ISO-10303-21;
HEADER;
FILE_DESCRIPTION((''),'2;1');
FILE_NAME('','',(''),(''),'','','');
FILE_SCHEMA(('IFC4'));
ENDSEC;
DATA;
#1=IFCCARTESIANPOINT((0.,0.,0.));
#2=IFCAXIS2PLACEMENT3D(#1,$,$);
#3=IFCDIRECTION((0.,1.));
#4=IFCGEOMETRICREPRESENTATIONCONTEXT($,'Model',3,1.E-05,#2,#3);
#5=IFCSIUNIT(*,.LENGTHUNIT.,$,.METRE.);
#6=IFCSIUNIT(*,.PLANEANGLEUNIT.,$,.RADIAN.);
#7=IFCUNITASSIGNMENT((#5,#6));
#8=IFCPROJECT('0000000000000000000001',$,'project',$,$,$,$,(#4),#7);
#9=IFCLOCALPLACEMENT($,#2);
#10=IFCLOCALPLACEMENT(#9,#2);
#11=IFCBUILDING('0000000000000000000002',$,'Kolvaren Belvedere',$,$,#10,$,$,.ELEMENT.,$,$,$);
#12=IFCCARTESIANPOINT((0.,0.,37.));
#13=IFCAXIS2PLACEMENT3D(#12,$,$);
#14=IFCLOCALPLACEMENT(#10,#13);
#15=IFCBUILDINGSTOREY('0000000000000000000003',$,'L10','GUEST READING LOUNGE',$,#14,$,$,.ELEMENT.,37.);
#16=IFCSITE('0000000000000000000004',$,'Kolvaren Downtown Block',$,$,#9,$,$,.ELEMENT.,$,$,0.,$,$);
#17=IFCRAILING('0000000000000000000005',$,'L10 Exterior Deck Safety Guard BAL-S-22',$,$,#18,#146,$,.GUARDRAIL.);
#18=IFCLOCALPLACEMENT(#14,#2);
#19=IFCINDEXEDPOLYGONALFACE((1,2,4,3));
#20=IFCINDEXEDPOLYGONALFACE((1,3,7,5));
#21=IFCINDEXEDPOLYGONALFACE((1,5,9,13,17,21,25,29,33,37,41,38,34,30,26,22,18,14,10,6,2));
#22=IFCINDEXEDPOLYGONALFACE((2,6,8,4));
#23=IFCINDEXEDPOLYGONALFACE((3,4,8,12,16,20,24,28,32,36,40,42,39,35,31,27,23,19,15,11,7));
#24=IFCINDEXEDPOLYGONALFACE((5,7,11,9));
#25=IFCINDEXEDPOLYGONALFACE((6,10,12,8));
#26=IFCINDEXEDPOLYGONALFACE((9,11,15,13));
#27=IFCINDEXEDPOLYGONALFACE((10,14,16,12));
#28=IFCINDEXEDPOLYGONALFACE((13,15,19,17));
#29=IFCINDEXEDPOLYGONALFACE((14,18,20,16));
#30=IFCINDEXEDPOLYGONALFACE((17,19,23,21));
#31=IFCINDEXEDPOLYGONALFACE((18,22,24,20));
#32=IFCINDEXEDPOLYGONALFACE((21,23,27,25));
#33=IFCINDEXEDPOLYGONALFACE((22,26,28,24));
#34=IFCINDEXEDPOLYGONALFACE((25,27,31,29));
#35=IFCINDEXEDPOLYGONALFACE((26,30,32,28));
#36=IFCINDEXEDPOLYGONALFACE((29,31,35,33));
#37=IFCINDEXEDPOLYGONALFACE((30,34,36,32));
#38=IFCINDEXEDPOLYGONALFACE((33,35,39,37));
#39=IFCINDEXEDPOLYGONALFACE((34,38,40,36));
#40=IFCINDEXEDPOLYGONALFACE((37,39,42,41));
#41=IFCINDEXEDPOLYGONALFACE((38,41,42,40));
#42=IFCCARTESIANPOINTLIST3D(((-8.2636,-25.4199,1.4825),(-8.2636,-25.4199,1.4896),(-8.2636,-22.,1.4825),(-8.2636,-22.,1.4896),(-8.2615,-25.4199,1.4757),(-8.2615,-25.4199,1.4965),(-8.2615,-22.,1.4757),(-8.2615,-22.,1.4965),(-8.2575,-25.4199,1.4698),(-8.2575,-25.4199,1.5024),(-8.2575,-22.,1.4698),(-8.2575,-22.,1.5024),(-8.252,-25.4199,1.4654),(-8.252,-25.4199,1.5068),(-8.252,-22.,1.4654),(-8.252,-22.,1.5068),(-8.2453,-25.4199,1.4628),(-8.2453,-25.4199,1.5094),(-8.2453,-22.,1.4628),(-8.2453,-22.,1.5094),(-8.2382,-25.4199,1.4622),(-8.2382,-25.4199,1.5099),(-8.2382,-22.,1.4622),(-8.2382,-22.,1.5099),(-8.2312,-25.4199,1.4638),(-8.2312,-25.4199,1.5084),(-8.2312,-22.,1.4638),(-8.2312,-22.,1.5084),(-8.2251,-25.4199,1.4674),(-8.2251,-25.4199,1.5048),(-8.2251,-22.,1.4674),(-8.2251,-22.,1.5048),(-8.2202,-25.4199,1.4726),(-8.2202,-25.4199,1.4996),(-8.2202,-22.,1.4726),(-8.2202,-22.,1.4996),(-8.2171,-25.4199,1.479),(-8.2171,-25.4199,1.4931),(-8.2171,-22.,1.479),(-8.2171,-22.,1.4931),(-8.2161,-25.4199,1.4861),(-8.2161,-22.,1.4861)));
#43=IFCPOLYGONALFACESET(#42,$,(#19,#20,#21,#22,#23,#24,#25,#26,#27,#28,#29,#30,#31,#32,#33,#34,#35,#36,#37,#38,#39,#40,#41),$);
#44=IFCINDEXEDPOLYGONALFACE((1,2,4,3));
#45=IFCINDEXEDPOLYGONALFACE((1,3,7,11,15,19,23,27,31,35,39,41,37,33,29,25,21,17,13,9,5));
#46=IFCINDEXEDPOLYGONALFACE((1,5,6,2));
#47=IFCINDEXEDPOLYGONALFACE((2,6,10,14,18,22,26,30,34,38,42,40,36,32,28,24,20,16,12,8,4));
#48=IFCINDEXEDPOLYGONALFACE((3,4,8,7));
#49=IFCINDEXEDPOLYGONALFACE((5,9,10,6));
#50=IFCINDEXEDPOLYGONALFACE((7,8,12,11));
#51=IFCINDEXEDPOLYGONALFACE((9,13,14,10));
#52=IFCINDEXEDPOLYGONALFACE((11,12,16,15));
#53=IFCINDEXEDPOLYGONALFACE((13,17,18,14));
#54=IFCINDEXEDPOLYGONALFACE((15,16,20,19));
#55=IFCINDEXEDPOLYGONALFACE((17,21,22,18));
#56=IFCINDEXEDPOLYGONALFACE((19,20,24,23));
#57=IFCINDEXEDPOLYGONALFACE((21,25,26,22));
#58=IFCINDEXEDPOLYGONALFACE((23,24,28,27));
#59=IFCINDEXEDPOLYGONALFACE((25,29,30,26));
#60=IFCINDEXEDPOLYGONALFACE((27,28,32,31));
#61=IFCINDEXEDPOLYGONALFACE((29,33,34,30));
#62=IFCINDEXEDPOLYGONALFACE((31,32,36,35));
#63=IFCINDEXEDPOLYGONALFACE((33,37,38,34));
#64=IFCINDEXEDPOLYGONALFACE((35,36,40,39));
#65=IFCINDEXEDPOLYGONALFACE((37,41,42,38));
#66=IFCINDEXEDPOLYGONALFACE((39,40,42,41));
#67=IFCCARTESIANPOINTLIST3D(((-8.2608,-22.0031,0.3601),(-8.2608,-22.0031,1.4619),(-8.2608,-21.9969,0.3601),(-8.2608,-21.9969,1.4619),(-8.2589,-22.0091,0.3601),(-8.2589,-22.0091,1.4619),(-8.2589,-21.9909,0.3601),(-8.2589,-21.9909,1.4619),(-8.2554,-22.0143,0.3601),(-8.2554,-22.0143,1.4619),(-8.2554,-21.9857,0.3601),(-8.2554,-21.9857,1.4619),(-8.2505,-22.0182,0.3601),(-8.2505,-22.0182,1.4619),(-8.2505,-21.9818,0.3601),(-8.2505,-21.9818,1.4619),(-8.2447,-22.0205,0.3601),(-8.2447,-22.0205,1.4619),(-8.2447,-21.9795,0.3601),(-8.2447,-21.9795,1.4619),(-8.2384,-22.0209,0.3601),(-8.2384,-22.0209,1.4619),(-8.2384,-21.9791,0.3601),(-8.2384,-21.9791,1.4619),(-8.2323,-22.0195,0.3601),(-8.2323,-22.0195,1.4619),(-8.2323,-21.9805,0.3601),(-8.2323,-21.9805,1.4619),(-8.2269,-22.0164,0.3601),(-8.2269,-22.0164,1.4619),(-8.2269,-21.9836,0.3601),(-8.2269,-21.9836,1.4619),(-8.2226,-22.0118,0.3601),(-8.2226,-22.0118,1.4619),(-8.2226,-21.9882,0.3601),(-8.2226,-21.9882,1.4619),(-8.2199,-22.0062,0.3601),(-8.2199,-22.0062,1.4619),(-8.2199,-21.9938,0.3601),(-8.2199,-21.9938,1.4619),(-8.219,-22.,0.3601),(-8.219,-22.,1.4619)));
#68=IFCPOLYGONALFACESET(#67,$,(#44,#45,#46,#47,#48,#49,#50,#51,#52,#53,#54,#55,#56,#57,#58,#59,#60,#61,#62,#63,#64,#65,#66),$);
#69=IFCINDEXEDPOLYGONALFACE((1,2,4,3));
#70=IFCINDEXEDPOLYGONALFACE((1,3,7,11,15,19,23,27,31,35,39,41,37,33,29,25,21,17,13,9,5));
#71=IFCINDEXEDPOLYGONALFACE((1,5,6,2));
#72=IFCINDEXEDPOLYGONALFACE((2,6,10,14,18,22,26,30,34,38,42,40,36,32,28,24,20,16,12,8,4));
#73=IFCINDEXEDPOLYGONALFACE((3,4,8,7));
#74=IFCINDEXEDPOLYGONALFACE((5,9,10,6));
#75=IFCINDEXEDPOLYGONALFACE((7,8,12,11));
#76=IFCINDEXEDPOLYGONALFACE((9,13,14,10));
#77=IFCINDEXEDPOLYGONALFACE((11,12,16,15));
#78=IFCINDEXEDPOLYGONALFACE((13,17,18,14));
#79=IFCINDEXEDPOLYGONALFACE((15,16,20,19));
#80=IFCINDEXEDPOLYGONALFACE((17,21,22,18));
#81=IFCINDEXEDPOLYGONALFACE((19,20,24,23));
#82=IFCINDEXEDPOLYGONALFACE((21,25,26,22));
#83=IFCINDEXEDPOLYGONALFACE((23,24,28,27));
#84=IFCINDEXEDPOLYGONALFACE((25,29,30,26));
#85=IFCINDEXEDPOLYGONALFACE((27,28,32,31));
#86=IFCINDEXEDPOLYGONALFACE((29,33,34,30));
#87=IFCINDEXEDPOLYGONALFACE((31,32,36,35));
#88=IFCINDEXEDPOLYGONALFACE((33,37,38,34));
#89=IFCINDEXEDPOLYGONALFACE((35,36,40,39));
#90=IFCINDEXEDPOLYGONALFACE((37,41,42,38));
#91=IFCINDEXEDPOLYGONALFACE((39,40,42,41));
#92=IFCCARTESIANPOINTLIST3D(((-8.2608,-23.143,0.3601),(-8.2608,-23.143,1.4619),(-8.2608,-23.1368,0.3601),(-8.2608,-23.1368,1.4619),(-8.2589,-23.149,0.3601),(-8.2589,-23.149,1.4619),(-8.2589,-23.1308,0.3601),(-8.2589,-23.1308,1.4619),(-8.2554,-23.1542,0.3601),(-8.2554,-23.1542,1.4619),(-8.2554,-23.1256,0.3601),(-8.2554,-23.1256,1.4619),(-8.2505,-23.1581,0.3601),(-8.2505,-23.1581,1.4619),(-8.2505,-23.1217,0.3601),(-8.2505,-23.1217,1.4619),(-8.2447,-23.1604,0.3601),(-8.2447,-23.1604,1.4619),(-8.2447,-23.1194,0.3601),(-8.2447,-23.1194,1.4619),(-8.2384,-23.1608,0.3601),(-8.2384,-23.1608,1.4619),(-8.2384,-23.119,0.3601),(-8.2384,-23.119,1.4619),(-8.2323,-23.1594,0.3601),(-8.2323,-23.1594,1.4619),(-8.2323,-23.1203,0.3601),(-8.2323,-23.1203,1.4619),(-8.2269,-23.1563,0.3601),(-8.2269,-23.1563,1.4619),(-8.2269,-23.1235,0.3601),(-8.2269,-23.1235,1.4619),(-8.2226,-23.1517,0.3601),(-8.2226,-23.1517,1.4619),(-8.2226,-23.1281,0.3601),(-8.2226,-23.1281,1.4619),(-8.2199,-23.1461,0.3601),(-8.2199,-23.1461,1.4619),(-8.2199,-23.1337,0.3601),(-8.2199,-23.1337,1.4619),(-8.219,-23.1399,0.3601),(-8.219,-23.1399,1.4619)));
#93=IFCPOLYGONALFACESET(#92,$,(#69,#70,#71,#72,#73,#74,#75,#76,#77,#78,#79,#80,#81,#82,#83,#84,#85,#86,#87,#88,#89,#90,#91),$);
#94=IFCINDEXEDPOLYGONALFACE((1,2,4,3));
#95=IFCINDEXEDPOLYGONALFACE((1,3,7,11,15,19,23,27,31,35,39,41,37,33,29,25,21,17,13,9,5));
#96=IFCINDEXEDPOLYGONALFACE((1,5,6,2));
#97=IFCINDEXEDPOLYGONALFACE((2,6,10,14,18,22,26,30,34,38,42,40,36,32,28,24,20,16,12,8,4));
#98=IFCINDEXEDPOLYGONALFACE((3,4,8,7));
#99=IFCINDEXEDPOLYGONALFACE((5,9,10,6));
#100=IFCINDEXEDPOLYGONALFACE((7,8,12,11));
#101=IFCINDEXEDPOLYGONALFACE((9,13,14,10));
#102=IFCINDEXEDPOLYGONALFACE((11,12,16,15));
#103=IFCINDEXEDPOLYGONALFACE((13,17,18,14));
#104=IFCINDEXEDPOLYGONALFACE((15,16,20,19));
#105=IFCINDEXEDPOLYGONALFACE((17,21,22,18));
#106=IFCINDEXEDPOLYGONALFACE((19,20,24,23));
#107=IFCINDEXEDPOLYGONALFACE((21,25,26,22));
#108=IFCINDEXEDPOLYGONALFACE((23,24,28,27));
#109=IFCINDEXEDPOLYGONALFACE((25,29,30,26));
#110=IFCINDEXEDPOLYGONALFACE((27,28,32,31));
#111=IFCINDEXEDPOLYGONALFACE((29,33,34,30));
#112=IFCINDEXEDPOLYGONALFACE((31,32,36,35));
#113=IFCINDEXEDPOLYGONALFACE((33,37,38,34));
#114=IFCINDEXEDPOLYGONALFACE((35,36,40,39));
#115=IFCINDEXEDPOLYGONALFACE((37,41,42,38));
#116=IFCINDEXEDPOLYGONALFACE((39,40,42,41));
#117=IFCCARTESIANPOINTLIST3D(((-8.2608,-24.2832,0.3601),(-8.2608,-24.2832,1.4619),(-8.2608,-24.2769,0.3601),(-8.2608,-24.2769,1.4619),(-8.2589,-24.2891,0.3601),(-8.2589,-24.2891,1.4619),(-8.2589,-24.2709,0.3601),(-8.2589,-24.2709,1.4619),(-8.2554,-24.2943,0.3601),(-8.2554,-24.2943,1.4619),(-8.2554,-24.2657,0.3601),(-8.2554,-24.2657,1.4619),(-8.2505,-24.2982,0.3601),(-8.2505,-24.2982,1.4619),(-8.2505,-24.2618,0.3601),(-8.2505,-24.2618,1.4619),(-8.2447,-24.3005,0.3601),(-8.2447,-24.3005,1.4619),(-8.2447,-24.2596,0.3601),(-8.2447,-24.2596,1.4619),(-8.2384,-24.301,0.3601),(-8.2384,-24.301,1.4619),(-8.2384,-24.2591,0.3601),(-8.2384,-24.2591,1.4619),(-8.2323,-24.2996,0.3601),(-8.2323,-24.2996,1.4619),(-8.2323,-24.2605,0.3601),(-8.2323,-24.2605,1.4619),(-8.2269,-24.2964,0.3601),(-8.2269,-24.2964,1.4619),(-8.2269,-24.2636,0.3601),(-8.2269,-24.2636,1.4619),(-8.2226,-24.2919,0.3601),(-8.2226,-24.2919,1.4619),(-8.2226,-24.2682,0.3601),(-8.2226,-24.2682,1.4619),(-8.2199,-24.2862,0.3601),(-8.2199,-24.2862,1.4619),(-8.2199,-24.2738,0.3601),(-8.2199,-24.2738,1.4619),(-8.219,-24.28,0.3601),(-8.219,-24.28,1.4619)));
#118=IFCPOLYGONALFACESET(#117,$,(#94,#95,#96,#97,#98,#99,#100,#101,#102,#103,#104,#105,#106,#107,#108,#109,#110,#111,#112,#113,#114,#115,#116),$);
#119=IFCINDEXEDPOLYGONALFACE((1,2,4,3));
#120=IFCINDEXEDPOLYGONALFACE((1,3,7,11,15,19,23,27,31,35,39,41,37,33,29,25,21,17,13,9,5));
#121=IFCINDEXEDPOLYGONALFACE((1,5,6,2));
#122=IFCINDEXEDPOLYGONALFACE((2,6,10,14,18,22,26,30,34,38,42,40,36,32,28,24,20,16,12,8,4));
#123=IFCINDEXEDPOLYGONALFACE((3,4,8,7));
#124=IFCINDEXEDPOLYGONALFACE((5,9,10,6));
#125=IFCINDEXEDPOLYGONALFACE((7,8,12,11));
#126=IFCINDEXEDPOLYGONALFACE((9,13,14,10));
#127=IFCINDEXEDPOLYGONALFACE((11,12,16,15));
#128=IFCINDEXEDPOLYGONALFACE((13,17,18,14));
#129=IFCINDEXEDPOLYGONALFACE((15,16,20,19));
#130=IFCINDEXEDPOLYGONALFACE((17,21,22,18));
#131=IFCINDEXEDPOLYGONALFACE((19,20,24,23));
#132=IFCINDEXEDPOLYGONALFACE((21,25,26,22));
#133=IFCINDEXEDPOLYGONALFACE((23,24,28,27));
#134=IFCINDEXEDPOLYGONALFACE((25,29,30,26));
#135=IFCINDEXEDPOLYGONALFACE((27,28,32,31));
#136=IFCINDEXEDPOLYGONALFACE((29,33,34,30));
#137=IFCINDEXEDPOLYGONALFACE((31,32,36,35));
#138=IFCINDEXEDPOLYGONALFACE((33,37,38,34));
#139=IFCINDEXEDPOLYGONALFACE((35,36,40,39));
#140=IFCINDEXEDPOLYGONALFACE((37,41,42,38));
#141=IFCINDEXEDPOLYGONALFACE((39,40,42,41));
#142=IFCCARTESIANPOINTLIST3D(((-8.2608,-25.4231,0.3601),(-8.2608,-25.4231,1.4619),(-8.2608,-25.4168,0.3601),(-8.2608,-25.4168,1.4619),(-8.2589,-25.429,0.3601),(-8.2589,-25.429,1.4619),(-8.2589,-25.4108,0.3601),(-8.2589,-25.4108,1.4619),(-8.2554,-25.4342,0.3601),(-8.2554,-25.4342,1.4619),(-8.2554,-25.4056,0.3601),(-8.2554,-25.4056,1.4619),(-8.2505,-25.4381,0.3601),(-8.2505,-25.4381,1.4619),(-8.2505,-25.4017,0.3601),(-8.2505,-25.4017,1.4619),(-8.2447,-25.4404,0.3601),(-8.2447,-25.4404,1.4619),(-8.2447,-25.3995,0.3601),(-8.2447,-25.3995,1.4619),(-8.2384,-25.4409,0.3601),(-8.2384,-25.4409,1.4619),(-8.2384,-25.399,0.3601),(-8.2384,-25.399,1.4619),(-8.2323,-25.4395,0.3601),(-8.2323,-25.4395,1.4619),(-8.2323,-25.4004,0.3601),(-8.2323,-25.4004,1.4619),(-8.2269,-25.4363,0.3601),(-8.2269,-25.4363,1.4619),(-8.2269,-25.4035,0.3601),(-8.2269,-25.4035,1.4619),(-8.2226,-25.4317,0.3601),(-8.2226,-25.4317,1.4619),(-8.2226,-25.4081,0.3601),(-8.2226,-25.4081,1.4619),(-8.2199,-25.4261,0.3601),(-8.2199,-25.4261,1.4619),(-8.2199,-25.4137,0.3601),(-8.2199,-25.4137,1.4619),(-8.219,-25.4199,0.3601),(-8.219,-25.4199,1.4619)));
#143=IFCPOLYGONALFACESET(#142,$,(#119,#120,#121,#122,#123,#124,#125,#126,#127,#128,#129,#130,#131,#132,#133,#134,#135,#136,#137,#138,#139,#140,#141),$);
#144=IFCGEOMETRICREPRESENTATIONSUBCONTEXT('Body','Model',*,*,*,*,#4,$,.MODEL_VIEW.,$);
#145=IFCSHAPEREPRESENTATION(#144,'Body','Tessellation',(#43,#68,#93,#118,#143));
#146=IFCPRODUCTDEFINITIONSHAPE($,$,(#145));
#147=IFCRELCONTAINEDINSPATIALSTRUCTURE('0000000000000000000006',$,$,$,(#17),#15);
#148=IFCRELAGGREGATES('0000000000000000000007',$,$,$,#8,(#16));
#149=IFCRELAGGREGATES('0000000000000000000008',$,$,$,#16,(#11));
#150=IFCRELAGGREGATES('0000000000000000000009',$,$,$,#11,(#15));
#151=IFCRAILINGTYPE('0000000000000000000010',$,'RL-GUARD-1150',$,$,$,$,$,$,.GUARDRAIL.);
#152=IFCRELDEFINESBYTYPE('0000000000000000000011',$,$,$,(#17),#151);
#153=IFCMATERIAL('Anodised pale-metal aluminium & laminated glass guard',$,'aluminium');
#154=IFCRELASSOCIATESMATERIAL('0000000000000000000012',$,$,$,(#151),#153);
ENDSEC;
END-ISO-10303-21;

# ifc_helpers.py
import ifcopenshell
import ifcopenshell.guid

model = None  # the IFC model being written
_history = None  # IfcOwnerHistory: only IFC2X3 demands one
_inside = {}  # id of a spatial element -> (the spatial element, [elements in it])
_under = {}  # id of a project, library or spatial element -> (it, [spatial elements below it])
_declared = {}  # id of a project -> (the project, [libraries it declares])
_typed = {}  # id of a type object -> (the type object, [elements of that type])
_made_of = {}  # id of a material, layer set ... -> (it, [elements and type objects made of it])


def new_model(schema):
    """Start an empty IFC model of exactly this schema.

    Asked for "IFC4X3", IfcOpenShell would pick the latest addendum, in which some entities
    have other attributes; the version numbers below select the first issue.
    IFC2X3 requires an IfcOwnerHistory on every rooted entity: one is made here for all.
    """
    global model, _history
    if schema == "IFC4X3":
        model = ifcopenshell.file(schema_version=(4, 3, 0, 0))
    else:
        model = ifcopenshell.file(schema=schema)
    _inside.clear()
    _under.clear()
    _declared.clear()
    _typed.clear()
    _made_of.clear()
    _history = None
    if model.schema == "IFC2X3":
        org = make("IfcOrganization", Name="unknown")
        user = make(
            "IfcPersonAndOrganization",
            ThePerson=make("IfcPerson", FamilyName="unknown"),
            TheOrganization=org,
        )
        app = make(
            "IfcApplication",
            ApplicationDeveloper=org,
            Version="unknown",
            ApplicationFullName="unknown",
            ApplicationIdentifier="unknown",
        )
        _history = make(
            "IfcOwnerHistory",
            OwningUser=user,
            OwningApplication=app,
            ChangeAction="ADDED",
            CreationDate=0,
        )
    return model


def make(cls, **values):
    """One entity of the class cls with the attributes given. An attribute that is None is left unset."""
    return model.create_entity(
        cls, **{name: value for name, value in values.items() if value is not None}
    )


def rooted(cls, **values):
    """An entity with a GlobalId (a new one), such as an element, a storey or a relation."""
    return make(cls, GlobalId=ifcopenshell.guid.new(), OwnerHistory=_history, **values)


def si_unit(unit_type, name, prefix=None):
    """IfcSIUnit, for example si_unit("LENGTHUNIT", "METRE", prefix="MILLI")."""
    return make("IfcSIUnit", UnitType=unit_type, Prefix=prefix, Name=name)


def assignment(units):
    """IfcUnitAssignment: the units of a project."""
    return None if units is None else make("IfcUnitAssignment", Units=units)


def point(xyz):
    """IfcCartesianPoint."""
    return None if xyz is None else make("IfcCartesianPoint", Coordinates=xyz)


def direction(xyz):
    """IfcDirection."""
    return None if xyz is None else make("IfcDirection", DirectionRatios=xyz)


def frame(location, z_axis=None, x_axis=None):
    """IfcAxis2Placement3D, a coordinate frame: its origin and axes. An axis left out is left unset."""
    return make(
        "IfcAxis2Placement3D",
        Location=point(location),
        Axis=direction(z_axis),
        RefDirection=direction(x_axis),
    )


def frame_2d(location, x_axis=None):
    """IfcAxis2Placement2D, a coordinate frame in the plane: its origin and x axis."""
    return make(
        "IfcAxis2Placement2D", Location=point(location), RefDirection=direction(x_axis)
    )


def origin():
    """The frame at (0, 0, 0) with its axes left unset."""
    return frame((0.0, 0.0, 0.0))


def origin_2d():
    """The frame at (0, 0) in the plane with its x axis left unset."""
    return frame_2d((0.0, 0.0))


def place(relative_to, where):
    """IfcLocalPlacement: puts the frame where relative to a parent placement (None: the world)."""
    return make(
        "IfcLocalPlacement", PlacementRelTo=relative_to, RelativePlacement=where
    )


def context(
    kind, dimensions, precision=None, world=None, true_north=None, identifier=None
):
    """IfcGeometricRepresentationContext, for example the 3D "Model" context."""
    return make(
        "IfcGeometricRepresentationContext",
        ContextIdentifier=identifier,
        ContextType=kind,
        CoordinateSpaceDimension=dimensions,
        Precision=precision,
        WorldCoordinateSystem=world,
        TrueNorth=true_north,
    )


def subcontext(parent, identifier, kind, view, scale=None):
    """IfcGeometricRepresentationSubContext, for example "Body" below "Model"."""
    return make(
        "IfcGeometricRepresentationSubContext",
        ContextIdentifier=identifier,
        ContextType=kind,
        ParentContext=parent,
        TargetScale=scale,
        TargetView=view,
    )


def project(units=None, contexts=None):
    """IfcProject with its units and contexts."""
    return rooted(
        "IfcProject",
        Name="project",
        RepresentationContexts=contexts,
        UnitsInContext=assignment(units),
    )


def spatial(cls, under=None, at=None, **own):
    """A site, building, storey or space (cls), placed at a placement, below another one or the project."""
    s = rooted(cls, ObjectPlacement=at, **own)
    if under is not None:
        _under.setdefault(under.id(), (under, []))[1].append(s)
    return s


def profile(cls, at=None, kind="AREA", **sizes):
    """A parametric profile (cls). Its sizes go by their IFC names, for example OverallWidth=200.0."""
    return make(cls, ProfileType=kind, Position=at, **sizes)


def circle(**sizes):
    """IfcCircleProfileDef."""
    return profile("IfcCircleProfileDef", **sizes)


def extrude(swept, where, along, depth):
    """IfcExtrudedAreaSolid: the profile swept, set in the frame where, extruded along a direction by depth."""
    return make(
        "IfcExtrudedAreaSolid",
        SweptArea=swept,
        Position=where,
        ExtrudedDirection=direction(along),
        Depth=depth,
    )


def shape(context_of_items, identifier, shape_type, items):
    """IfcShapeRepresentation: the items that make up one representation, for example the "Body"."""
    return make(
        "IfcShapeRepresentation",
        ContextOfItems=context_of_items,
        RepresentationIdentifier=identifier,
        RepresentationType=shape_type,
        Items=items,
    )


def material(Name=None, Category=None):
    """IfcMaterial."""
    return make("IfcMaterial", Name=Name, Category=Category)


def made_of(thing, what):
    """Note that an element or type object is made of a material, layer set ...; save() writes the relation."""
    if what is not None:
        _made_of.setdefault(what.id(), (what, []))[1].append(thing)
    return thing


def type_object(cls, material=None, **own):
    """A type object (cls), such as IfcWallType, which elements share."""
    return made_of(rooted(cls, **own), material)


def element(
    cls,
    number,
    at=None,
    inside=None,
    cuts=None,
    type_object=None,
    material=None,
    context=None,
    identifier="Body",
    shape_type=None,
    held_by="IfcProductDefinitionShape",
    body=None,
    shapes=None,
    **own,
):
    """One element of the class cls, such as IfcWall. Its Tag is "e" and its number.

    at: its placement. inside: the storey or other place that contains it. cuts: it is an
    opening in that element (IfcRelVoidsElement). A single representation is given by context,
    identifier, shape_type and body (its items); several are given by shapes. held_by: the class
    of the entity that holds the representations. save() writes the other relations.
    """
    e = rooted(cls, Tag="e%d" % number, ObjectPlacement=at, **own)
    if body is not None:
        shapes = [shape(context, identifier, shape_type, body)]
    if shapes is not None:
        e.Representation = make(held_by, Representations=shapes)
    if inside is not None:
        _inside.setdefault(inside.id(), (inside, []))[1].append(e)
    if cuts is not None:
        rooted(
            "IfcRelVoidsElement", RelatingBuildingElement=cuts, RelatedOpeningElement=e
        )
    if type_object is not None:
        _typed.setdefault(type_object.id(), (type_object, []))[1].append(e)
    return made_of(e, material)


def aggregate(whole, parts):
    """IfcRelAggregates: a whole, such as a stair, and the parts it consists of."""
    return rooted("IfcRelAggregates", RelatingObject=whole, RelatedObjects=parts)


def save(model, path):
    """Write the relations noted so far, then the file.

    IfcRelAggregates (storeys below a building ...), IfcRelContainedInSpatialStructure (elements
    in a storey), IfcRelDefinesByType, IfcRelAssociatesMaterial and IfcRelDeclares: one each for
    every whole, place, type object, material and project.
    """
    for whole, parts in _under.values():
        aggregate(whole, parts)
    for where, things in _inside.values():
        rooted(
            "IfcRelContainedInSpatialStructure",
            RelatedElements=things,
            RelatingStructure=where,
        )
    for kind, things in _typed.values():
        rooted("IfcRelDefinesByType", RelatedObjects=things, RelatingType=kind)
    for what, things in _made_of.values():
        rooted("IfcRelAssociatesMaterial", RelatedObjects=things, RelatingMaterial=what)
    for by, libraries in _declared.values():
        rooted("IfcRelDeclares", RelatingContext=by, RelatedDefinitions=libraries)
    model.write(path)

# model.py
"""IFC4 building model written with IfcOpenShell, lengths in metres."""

from ifc_helpers import new_model, si_unit, direction, frame, origin, origin_2d, place, context, subcontext, project, spatial, circle, extrude, material, type_object, element, save


model = new_model("IFC4")

# Units and contexts
model_context = context("Model", 3, precision=1e-05, world=origin(), true_north=direction((0.0, 1.0)))
body_context = subcontext(model_context, "Body", "Model", "MODEL_VIEW")
ifc_project = project(units=[si_unit("LENGTHUNIT", "METRE"), si_unit("PLANEANGLEUNIT", "RADIAN")], contexts=[model_context])

# Site, building, storey
site_placement = place(None, origin())
site = spatial("IfcSite", under=ifc_project, at=site_placement, Name="Kolvaren Downtown Block", CompositionType="ELEMENT", RefElevation=0.0)
building_placement = place(site_placement, origin())
building = spatial("IfcBuilding", under=site, at=building_placement, Name="Kolvaren Belvedere", CompositionType="ELEMENT")
storey_placement = place(building_placement, frame((0.0, 0.0, 37.0)))
storey = spatial("IfcBuildingStorey", under=building, at=storey_placement, Name="L10", Description="GUEST READING LOUNGE", CompositionType="ELEMENT", Elevation=37.0)

# Railing
ifc_material_1 = material(Name="Anodised pale-metal aluminium & laminated glass guard", Category="aluminium")
railing_type = type_object("IfcRailingType", Name="RL-GUARD-1150", PredefinedType="GUARDRAIL", material=ifc_material_1)
railing_1_placement = place(storey_placement, frame((-8.24, -22.0, 0.3601)))
element("IfcRailing", 1, at=railing_1_placement, inside=storey, type_object=railing_type, Name="L10 Exterior Deck Safety Guard BAL-S-22", PredefinedType="GUARDRAIL", context=body_context, shape_type="SweptSolid", body=[
    extrude(circle(Radius=0.0239, at=origin_2d()), frame((0.0, 0.0, 1.126), z_axis=(0.0, -1.0, 0.0), x_axis=(1.0, 0.0, 0.0)), (0.0, 0.0, 1.0), 3.4199),
    extrude(circle(Radius=0.021, at=origin_2d()), origin(), (0.0, 0.0, 1.0), 1.1018),
    extrude(circle(Radius=0.021, at=origin_2d()), frame((0.0, -1.1399, 0.0)), (0.0, 0.0, 1.0), 1.1018),
    extrude(circle(Radius=0.021, at=origin_2d()), frame((0.0, -2.28, 0.0)), (0.0, 0.0, 1.0), 1.1018),
    extrude(circle(Radius=0.021, at=origin_2d()), frame((0.0, -3.4199, 0.0)), (0.0, 0.0, 1.0), 1.1018),
])

save(model, "model.ifc")
